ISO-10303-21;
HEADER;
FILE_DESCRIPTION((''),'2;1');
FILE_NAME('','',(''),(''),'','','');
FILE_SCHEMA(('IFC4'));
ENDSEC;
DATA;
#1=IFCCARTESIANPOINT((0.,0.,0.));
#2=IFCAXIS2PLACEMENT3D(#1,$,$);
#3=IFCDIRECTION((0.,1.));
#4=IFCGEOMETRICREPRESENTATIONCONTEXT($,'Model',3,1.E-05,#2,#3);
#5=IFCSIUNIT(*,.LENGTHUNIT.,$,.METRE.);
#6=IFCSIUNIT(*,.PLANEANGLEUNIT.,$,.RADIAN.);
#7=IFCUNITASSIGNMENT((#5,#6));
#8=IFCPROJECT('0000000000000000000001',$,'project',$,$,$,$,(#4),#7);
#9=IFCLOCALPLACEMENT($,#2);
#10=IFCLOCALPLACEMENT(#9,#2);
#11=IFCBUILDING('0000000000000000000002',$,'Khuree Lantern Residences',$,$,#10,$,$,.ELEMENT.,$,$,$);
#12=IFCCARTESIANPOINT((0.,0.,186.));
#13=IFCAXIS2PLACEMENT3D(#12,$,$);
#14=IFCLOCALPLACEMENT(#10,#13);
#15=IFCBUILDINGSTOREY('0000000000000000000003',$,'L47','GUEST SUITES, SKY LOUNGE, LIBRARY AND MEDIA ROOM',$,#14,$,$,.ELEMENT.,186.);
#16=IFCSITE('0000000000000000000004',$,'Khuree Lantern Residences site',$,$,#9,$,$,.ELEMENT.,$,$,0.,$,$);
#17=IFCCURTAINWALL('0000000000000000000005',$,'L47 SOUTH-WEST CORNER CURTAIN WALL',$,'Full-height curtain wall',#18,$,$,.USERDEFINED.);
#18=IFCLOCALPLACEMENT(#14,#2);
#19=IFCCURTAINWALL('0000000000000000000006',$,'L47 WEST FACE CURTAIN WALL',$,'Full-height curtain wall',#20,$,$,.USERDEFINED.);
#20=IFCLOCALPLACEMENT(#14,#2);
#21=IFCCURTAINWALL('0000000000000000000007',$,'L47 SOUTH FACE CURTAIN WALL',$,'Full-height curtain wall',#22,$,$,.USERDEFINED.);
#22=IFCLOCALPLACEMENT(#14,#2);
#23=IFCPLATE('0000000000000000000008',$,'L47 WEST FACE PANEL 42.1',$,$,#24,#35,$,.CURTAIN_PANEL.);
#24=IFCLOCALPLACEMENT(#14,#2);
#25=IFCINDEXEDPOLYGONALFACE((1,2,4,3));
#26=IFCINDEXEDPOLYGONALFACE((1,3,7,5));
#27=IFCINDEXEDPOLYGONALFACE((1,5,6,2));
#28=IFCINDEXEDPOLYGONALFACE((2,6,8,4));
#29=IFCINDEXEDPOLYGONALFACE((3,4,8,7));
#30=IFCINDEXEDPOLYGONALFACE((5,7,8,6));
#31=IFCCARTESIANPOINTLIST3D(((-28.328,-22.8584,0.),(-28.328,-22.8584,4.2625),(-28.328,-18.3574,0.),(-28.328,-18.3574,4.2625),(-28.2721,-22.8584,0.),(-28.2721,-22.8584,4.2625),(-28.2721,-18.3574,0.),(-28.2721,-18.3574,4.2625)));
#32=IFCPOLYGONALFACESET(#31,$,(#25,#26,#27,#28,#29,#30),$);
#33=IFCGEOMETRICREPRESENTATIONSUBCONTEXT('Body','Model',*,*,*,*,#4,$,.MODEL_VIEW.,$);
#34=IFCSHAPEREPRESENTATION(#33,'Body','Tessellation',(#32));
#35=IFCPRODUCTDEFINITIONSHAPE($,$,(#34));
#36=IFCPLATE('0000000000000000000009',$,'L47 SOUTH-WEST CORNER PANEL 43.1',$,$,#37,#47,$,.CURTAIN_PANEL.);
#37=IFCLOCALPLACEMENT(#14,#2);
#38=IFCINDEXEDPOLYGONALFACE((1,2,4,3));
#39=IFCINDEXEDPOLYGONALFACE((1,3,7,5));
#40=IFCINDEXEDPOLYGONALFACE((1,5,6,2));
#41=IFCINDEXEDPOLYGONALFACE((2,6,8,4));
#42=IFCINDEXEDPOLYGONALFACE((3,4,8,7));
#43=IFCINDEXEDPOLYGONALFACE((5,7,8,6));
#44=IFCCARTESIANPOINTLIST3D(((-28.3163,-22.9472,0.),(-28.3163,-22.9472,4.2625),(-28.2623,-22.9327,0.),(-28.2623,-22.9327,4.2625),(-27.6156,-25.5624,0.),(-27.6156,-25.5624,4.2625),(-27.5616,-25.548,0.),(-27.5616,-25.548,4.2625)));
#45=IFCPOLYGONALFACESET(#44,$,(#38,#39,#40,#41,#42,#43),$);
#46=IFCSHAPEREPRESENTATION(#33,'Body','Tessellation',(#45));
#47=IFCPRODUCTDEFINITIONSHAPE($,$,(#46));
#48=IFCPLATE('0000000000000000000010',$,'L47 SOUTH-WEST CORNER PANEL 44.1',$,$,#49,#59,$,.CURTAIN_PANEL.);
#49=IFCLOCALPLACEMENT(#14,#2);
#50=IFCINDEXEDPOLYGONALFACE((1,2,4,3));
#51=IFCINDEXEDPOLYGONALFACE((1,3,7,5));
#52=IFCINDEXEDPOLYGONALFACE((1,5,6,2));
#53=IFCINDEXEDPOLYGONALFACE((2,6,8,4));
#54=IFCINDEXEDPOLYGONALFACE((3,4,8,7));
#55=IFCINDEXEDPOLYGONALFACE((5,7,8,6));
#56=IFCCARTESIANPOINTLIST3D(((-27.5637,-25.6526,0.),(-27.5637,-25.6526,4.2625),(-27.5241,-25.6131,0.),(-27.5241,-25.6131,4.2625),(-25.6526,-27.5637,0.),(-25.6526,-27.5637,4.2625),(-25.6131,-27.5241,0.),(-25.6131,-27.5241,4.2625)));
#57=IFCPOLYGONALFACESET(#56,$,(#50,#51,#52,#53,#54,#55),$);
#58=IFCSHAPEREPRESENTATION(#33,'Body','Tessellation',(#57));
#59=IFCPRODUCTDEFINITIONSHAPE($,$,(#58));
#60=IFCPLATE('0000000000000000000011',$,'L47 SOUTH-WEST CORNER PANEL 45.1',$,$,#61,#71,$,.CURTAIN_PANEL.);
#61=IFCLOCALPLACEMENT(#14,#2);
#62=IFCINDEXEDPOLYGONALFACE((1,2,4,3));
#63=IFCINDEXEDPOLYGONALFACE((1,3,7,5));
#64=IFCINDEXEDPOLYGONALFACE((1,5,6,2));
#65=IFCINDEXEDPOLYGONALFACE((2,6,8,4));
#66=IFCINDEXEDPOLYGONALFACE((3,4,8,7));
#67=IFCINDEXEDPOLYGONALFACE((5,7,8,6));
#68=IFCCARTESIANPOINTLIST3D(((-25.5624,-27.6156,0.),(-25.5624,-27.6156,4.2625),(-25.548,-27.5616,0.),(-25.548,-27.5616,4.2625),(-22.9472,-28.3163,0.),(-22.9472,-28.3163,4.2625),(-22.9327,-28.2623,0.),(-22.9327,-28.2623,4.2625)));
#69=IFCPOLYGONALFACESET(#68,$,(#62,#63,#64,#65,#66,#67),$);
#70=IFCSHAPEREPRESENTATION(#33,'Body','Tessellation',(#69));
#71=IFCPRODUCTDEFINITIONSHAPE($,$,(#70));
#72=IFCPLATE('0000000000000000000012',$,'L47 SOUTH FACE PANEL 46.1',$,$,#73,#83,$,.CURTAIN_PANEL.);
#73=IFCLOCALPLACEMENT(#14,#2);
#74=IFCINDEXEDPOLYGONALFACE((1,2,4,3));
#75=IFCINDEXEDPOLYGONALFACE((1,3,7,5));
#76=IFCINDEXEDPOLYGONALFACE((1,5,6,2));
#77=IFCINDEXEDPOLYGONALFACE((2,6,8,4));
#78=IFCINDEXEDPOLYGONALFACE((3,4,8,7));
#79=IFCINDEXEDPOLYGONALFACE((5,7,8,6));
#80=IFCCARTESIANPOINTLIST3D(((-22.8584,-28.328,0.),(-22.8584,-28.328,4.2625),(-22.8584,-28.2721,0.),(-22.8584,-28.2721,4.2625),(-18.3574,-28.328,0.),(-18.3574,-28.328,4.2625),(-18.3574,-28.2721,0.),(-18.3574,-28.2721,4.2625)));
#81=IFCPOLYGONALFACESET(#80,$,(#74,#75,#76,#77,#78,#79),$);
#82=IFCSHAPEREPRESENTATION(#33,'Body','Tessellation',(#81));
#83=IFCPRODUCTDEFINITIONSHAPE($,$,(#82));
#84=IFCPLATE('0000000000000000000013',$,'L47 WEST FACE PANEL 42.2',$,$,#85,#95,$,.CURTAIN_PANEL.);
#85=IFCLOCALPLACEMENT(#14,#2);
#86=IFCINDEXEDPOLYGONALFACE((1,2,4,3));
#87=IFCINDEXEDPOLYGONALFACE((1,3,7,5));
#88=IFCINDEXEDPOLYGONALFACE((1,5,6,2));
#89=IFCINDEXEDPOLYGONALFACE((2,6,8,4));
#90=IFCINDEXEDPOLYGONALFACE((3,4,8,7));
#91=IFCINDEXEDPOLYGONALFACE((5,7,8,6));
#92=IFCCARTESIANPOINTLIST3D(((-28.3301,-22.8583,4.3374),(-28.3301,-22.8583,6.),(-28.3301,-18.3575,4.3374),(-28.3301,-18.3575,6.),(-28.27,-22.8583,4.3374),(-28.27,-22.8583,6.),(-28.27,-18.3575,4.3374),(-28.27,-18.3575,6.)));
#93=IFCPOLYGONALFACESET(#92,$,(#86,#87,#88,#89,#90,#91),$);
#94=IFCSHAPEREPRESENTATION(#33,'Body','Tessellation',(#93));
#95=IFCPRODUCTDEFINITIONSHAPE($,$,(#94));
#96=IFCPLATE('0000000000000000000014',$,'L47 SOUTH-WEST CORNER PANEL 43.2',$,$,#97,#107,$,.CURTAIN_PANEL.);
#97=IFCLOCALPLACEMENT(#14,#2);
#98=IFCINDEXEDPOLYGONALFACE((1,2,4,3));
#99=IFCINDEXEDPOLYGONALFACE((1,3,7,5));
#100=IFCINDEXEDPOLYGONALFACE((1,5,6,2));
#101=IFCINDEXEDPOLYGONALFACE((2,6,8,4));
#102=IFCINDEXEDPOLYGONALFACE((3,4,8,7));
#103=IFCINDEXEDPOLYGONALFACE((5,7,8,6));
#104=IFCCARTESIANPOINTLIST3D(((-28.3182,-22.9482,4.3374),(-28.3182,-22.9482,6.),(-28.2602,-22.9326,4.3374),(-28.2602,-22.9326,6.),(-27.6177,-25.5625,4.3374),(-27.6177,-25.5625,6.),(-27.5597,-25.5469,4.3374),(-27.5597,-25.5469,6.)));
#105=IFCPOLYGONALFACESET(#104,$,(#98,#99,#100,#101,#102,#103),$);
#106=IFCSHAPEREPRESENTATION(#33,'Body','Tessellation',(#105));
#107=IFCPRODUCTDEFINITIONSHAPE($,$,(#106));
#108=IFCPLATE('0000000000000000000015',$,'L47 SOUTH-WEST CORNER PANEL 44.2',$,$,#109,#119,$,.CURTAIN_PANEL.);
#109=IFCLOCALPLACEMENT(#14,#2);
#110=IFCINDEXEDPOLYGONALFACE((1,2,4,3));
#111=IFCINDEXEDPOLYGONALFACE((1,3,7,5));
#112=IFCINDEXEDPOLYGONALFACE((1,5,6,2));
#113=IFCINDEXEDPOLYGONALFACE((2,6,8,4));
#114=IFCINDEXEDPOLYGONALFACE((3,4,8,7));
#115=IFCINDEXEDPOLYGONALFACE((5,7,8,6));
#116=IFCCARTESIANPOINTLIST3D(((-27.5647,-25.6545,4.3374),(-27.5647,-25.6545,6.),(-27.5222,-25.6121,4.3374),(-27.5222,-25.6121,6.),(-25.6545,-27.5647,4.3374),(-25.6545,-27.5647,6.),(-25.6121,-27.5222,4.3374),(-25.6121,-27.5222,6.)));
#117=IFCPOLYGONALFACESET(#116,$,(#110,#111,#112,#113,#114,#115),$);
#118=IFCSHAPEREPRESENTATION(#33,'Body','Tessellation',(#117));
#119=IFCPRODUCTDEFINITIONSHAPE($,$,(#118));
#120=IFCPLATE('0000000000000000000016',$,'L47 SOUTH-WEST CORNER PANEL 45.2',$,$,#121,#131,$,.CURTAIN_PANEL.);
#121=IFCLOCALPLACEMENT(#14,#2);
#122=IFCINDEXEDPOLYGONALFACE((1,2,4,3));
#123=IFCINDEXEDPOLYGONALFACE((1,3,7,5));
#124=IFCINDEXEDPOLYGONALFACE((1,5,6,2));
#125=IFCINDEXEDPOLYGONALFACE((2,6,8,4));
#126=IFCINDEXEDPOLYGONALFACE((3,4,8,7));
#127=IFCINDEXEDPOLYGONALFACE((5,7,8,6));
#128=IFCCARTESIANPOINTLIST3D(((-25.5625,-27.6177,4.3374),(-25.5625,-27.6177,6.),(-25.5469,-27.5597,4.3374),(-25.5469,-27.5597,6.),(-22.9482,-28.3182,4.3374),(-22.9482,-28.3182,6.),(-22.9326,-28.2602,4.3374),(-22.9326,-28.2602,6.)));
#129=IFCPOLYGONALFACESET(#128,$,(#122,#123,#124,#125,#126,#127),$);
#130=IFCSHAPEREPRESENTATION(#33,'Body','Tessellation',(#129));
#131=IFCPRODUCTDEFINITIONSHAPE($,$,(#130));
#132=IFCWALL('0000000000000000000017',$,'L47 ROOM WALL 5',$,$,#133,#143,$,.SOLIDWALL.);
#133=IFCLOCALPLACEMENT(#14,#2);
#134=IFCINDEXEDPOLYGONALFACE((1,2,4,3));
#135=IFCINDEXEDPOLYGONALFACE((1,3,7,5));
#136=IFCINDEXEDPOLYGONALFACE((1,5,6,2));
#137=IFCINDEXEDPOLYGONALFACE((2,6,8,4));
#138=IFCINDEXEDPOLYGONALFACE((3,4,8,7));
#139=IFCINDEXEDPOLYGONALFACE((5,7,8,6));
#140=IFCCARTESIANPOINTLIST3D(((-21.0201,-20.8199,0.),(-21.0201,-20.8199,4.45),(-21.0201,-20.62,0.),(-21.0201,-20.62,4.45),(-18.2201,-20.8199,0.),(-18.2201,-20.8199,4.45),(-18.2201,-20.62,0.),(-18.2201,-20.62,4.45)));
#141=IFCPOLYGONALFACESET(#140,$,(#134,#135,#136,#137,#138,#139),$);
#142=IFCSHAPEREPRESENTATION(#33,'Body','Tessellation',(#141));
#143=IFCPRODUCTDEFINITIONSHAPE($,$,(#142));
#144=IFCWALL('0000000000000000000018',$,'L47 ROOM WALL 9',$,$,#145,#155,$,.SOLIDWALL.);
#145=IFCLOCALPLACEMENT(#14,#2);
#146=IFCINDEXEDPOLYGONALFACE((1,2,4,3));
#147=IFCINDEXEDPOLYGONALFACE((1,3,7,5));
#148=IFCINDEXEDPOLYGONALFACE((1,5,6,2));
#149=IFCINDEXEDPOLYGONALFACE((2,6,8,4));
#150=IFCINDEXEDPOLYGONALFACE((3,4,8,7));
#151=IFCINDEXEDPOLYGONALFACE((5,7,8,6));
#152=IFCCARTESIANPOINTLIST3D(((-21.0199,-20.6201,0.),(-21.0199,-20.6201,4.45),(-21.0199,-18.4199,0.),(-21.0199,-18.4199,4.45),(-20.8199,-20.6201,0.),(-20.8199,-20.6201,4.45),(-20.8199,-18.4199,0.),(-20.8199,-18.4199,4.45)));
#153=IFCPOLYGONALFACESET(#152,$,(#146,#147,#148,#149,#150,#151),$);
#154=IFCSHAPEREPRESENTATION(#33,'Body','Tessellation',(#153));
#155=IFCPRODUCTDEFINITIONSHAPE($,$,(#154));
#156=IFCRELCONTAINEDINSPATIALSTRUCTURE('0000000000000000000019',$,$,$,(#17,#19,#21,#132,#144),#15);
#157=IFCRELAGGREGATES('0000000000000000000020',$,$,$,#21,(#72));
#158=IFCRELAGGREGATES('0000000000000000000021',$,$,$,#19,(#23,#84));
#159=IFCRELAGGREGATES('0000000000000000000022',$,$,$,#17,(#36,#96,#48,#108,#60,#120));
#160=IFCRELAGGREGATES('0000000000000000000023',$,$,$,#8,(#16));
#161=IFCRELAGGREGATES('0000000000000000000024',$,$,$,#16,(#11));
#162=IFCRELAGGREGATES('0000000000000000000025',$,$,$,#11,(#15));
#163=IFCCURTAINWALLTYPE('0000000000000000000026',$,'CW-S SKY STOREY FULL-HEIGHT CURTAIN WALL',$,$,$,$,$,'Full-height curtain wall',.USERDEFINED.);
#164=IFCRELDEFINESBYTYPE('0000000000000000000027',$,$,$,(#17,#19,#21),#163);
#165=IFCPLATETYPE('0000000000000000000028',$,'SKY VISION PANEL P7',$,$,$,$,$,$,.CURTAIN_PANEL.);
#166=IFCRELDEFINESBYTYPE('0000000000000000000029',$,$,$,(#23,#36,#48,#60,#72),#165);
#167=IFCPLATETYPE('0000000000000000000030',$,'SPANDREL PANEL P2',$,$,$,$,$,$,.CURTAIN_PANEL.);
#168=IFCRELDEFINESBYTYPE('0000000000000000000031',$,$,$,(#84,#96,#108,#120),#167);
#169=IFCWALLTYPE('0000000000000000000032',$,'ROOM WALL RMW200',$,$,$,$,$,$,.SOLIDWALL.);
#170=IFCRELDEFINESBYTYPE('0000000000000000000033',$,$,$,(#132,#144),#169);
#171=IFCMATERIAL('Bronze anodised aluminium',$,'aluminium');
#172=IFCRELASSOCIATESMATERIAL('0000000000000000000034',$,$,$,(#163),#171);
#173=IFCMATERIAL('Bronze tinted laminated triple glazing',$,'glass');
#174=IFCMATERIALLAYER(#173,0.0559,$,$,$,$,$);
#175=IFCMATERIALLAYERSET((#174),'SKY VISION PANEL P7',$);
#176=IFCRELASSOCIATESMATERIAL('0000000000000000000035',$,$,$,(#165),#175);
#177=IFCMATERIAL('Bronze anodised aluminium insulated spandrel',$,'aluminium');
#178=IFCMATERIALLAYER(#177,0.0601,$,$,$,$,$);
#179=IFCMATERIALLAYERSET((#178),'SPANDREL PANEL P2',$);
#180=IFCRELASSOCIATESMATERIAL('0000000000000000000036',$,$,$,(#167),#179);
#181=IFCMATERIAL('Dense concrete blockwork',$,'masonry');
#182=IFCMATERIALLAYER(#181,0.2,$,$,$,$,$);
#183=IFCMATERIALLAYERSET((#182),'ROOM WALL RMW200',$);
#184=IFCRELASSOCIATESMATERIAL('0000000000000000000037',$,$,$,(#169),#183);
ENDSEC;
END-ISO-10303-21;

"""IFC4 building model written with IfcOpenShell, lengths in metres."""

from ifc_helpers import new_model, si_unit, direction, frame, frame_2d, origin, origin_2d, place, context, subcontext, project, spatial, rectangle, extrude, material, layer, layer_set, type_object, element, aggregate, save


model = new_model("IFC4")

# Units and contexts
model_context = context("Model", 3, precision=1e-05, world=origin(), true_north=direction((0.0, 1.0)))
body_context = subcontext(model_context, "Body", "Model", "MODEL_VIEW")
ifc_project = project(units=[si_unit("LENGTHUNIT", "METRE"), si_unit("PLANEANGLEUNIT", "RADIAN")], contexts=[model_context])

# Site, building, storey
site_placement = place(None, origin())
site = spatial("IfcSite", under=ifc_project, at=site_placement, Name="Khuree Lantern Residences site", CompositionType="ELEMENT", RefElevation=0.0)
building_placement = place(site_placement, origin())
building = spatial("IfcBuilding", under=site, at=building_placement, Name="Khuree Lantern Residences", CompositionType="ELEMENT")
storey_placement = place(building_placement, frame((0.0, 0.0, 186.0)))
storey = spatial("IfcBuildingStorey", under=building, at=storey_placement, Name="L47", Description="GUEST SUITES, SKY LOUNGE, LIBRARY AND MEDIA ROOM", CompositionType="ELEMENT", Elevation=186.0)

# Curtain wall
ifc_material_1 = material(Name="Bronze anodised aluminium", Category="aluminium")
curtain_wall_type = type_object("IfcCurtainWallType", Name="CW-S SKY STOREY FULL-HEIGHT CURTAIN WALL", ElementType="Full-height curtain wall", PredefinedType="USERDEFINED", material=ifc_material_1)
curtain_wall_1_placement = place(storey_placement, origin())
curtain_wall_1 = element("IfcCurtainWall", 1, at=curtain_wall_1_placement, inside=storey, type_object=curtain_wall_type, Name="L47 SOUTH-WEST CORNER CURTAIN WALL", ObjectType="Full-height curtain wall", PredefinedType="USERDEFINED")

# Curtain wall
curtain_wall_2_placement = place(storey_placement, origin())
curtain_wall_2 = element("IfcCurtainWall", 2, at=curtain_wall_2_placement, inside=storey, type_object=curtain_wall_type, Name="L47 WEST FACE CURTAIN WALL", ObjectType="Full-height curtain wall", PredefinedType="USERDEFINED")

# Curtain wall
curtain_wall_3_placement = place(storey_placement, origin())
curtain_wall_3 = element("IfcCurtainWall", 3, at=curtain_wall_3_placement, inside=storey, type_object=curtain_wall_type, Name="L47 SOUTH FACE CURTAIN WALL", ObjectType="Full-height curtain wall", PredefinedType="USERDEFINED")

# Plates
ifc_material_2 = material(Name="Bronze tinted laminated triple glazing", Category="glass")
ifc_layer_1 = layer(ifc_material_2, 0.0559)
ifc_layer_set_1 = layer_set([ifc_layer_1], Name="SKY VISION PANEL P7")
plate_type_1 = type_object("IfcPlateType", Name="SKY VISION PANEL P7", PredefinedType="CURTAIN_PANEL", material=ifc_layer_set_1)
plate_1_placement = place(storey_placement, frame((-28.3, -20.6079, 0.0), z_axis=(0.0, 0.0, 1.0), x_axis=(0.0, -1.0, 0.0)))
plate_1 = element("IfcPlate", 4, at=plate_1_placement, type_object=plate_type_1, Name="L47 WEST FACE PANEL 42.1", PredefinedType="CURTAIN_PANEL", context=body_context, shape_type="SweptSolid", body=[
    extrude(rectangle(XDim=4.501, YDim=0.0559, at=origin_2d()), origin(), (0.0, 0.0, 1.0), 4.2625),
])
plate_2_placement = place(storey_placement, frame((-27.939, -24.2476, 0.0), z_axis=(0.0, 0.0, 1.0), x_axis=(0.258819, -0.965926, 0.0)))
plate_2 = element("IfcPlate", 5, at=plate_2_placement, type_object=plate_type_1, Name="L47 SOUTH-WEST CORNER PANEL 43.1", PredefinedType="CURTAIN_PANEL", context=body_context, shape_type="SweptSolid", body=[
    extrude(rectangle(XDim=2.7075, YDim=0.0559, at=origin_2d()), origin(), (0.0, 0.0, 1.0), 4.2625),
])
plate_3_placement = place(storey_placement, frame((-26.5884, -26.5884, 0.0), z_axis=(0.0, 0.0, 1.0), x_axis=(0.707107, -0.707107, 0.0)))
plate_3 = element("IfcPlate", 6, at=plate_3_placement, type_object=plate_type_1, Name="L47 SOUTH-WEST CORNER PANEL 44.1", PredefinedType="CURTAIN_PANEL", context=body_context, shape_type="SweptSolid", body=[
    extrude(rectangle(XDim=2.7026, YDim=0.0559, at=origin_2d()), origin(), (0.0, 0.0, 1.0), 4.2625),
])
plate_4_placement = place(storey_placement, frame((-24.2476, -27.939, 0.0), z_axis=(0.0, 0.0, 1.0), x_axis=(0.965926, -0.258819, 0.0)))
plate_4 = element("IfcPlate", 7, at=plate_4_placement, type_object=plate_type_1, Name="L47 SOUTH-WEST CORNER PANEL 45.1", PredefinedType="CURTAIN_PANEL", context=body_context, shape_type="SweptSolid", body=[
    extrude(rectangle(XDim=2.7075, YDim=0.0559, at=origin_2d()), origin(), (0.0, 0.0, 1.0), 4.2625),
])
plate_5_placement = place(storey_placement, frame((-20.6079, -28.3, 0.0), z_axis=(0.0, 0.0, 1.0), x_axis=(1.0, 0.0, 0.0)))
plate_5 = element("IfcPlate", 8, at=plate_5_placement, type_object=plate_type_1, Name="L47 SOUTH FACE PANEL 46.1", PredefinedType="CURTAIN_PANEL", context=body_context, shape_type="SweptSolid", body=[
    extrude(rectangle(XDim=4.501, YDim=0.0559, at=origin_2d()), origin(), (0.0, 0.0, 1.0), 4.2625),
])
aggregate(curtain_wall_3, [plate_5])
ifc_material_3 = material(Name="Bronze anodised aluminium insulated spandrel", Category="aluminium")
ifc_layer_2 = layer(ifc_material_3, 0.0601)
ifc_layer_set_2 = layer_set([ifc_layer_2], Name="SPANDREL PANEL P2")
plate_type_2 = type_object("IfcPlateType", Name="SPANDREL PANEL P2", PredefinedType="CURTAIN_PANEL", material=ifc_layer_set_2)
plate_6_placement = place(storey_placement, frame((-28.3, -20.6079, 4.3374), z_axis=(0.0, 0.0, 1.0), x_axis=(0.0, -1.0, 0.0)))
plate_6 = element("IfcPlate", 9, at=plate_6_placement, type_object=plate_type_2, Name="L47 WEST FACE PANEL 42.2", PredefinedType="CURTAIN_PANEL", context=body_context, shape_type="SweptSolid", body=[
    extrude(rectangle(XDim=4.5007, YDim=0.0601, at=origin_2d()), origin(), (0.0, 0.0, 1.0), 1.6626),
])
aggregate(curtain_wall_2, [plate_1, plate_6])
plate_7_placement = place(storey_placement, frame((-27.939, -24.2476, 4.3374), z_axis=(0.0, 0.0, 1.0), x_axis=(0.258819, -0.965926, 0.0)))
plate_7 = element("IfcPlate", 10, at=plate_7_placement, type_object=plate_type_2, Name="L47 SOUTH-WEST CORNER PANEL 43.2", PredefinedType="CURTAIN_PANEL", context=body_context, shape_type="SweptSolid", body=[
    extrude(rectangle(XDim=2.7065, YDim=0.0601, at=origin_2d()), origin(), (0.0, 0.0, 1.0), 1.6626),
])
plate_8_placement = place(storey_placement, frame((-26.5884, -26.5884, 4.3374), z_axis=(0.0, 0.0, 1.0), x_axis=(0.707107, -0.707107, 0.0)))
plate_8 = element("IfcPlate", 11, at=plate_8_placement, type_object=plate_type_2, Name="L47 SOUTH-WEST CORNER PANEL 44.2", PredefinedType="CURTAIN_PANEL", context=body_context, shape_type="SweptSolid", body=[
    extrude(rectangle(XDim=2.7014, YDim=0.0601, at=origin_2d()), origin(), (0.0, 0.0, 1.0), 1.6626),
])
plate_9_placement = place(storey_placement, frame((-24.2476, -27.939, 4.3374), z_axis=(0.0, 0.0, 1.0), x_axis=(0.965926, -0.258819, 0.0)))
plate_9 = element("IfcPlate", 12, at=plate_9_placement, type_object=plate_type_2, Name="L47 SOUTH-WEST CORNER PANEL 45.2", PredefinedType="CURTAIN_PANEL", context=body_context, shape_type="SweptSolid", body=[
    extrude(rectangle(XDim=2.7065, YDim=0.0601, at=origin_2d()), origin(), (0.0, 0.0, 1.0), 1.6626),
])
aggregate(curtain_wall_1, [plate_2, plate_7, plate_3, plate_8, plate_4, plate_9])

# Walls
ifc_material_4 = material(Name="Dense concrete blockwork", Category="masonry")
ifc_layer_3 = layer(ifc_material_4, 0.2)
ifc_layer_set_3 = layer_set([ifc_layer_3], Name="ROOM WALL RMW200")
wall_type = type_object("IfcWallType", Name="ROOM WALL RMW200", PredefinedType="SOLIDWALL", material=ifc_layer_set_3)
wall_1_placement = place(storey_placement, frame((-21.02, -20.72, 0.0), z_axis=(0.0, 0.0, 1.0), x_axis=(1.0, 0.0, 0.0)))
element("IfcWall", 13, at=wall_1_placement, inside=storey, type_object=wall_type, Name="L47 ROOM WALL 5", PredefinedType="SOLIDWALL", context=body_context, shape_type="SweptSolid", body=[
    extrude(rectangle(XDim=2.8, YDim=0.2, at=frame_2d((1.3999, 0.0))), origin(), (0.0, 0.0, 1.0), 4.45),
])
wall_2_placement = place(storey_placement, frame((-20.9199, -20.6201, 0.0), z_axis=(0.0, 0.0, 1.0), x_axis=(0.0, 1.0, 0.0)))
element("IfcWall", 14, at=wall_2_placement, inside=storey, type_object=wall_type, Name="L47 ROOM WALL 9", PredefinedType="SOLIDWALL", context=body_context, shape_type="SweptSolid", body=[
    extrude(rectangle(XDim=2.2002, YDim=0.2, at=frame_2d((1.1001, 0.0))), origin(), (0.0, 0.0, 1.0), 4.45),
])

save(model, "model.ifc")
